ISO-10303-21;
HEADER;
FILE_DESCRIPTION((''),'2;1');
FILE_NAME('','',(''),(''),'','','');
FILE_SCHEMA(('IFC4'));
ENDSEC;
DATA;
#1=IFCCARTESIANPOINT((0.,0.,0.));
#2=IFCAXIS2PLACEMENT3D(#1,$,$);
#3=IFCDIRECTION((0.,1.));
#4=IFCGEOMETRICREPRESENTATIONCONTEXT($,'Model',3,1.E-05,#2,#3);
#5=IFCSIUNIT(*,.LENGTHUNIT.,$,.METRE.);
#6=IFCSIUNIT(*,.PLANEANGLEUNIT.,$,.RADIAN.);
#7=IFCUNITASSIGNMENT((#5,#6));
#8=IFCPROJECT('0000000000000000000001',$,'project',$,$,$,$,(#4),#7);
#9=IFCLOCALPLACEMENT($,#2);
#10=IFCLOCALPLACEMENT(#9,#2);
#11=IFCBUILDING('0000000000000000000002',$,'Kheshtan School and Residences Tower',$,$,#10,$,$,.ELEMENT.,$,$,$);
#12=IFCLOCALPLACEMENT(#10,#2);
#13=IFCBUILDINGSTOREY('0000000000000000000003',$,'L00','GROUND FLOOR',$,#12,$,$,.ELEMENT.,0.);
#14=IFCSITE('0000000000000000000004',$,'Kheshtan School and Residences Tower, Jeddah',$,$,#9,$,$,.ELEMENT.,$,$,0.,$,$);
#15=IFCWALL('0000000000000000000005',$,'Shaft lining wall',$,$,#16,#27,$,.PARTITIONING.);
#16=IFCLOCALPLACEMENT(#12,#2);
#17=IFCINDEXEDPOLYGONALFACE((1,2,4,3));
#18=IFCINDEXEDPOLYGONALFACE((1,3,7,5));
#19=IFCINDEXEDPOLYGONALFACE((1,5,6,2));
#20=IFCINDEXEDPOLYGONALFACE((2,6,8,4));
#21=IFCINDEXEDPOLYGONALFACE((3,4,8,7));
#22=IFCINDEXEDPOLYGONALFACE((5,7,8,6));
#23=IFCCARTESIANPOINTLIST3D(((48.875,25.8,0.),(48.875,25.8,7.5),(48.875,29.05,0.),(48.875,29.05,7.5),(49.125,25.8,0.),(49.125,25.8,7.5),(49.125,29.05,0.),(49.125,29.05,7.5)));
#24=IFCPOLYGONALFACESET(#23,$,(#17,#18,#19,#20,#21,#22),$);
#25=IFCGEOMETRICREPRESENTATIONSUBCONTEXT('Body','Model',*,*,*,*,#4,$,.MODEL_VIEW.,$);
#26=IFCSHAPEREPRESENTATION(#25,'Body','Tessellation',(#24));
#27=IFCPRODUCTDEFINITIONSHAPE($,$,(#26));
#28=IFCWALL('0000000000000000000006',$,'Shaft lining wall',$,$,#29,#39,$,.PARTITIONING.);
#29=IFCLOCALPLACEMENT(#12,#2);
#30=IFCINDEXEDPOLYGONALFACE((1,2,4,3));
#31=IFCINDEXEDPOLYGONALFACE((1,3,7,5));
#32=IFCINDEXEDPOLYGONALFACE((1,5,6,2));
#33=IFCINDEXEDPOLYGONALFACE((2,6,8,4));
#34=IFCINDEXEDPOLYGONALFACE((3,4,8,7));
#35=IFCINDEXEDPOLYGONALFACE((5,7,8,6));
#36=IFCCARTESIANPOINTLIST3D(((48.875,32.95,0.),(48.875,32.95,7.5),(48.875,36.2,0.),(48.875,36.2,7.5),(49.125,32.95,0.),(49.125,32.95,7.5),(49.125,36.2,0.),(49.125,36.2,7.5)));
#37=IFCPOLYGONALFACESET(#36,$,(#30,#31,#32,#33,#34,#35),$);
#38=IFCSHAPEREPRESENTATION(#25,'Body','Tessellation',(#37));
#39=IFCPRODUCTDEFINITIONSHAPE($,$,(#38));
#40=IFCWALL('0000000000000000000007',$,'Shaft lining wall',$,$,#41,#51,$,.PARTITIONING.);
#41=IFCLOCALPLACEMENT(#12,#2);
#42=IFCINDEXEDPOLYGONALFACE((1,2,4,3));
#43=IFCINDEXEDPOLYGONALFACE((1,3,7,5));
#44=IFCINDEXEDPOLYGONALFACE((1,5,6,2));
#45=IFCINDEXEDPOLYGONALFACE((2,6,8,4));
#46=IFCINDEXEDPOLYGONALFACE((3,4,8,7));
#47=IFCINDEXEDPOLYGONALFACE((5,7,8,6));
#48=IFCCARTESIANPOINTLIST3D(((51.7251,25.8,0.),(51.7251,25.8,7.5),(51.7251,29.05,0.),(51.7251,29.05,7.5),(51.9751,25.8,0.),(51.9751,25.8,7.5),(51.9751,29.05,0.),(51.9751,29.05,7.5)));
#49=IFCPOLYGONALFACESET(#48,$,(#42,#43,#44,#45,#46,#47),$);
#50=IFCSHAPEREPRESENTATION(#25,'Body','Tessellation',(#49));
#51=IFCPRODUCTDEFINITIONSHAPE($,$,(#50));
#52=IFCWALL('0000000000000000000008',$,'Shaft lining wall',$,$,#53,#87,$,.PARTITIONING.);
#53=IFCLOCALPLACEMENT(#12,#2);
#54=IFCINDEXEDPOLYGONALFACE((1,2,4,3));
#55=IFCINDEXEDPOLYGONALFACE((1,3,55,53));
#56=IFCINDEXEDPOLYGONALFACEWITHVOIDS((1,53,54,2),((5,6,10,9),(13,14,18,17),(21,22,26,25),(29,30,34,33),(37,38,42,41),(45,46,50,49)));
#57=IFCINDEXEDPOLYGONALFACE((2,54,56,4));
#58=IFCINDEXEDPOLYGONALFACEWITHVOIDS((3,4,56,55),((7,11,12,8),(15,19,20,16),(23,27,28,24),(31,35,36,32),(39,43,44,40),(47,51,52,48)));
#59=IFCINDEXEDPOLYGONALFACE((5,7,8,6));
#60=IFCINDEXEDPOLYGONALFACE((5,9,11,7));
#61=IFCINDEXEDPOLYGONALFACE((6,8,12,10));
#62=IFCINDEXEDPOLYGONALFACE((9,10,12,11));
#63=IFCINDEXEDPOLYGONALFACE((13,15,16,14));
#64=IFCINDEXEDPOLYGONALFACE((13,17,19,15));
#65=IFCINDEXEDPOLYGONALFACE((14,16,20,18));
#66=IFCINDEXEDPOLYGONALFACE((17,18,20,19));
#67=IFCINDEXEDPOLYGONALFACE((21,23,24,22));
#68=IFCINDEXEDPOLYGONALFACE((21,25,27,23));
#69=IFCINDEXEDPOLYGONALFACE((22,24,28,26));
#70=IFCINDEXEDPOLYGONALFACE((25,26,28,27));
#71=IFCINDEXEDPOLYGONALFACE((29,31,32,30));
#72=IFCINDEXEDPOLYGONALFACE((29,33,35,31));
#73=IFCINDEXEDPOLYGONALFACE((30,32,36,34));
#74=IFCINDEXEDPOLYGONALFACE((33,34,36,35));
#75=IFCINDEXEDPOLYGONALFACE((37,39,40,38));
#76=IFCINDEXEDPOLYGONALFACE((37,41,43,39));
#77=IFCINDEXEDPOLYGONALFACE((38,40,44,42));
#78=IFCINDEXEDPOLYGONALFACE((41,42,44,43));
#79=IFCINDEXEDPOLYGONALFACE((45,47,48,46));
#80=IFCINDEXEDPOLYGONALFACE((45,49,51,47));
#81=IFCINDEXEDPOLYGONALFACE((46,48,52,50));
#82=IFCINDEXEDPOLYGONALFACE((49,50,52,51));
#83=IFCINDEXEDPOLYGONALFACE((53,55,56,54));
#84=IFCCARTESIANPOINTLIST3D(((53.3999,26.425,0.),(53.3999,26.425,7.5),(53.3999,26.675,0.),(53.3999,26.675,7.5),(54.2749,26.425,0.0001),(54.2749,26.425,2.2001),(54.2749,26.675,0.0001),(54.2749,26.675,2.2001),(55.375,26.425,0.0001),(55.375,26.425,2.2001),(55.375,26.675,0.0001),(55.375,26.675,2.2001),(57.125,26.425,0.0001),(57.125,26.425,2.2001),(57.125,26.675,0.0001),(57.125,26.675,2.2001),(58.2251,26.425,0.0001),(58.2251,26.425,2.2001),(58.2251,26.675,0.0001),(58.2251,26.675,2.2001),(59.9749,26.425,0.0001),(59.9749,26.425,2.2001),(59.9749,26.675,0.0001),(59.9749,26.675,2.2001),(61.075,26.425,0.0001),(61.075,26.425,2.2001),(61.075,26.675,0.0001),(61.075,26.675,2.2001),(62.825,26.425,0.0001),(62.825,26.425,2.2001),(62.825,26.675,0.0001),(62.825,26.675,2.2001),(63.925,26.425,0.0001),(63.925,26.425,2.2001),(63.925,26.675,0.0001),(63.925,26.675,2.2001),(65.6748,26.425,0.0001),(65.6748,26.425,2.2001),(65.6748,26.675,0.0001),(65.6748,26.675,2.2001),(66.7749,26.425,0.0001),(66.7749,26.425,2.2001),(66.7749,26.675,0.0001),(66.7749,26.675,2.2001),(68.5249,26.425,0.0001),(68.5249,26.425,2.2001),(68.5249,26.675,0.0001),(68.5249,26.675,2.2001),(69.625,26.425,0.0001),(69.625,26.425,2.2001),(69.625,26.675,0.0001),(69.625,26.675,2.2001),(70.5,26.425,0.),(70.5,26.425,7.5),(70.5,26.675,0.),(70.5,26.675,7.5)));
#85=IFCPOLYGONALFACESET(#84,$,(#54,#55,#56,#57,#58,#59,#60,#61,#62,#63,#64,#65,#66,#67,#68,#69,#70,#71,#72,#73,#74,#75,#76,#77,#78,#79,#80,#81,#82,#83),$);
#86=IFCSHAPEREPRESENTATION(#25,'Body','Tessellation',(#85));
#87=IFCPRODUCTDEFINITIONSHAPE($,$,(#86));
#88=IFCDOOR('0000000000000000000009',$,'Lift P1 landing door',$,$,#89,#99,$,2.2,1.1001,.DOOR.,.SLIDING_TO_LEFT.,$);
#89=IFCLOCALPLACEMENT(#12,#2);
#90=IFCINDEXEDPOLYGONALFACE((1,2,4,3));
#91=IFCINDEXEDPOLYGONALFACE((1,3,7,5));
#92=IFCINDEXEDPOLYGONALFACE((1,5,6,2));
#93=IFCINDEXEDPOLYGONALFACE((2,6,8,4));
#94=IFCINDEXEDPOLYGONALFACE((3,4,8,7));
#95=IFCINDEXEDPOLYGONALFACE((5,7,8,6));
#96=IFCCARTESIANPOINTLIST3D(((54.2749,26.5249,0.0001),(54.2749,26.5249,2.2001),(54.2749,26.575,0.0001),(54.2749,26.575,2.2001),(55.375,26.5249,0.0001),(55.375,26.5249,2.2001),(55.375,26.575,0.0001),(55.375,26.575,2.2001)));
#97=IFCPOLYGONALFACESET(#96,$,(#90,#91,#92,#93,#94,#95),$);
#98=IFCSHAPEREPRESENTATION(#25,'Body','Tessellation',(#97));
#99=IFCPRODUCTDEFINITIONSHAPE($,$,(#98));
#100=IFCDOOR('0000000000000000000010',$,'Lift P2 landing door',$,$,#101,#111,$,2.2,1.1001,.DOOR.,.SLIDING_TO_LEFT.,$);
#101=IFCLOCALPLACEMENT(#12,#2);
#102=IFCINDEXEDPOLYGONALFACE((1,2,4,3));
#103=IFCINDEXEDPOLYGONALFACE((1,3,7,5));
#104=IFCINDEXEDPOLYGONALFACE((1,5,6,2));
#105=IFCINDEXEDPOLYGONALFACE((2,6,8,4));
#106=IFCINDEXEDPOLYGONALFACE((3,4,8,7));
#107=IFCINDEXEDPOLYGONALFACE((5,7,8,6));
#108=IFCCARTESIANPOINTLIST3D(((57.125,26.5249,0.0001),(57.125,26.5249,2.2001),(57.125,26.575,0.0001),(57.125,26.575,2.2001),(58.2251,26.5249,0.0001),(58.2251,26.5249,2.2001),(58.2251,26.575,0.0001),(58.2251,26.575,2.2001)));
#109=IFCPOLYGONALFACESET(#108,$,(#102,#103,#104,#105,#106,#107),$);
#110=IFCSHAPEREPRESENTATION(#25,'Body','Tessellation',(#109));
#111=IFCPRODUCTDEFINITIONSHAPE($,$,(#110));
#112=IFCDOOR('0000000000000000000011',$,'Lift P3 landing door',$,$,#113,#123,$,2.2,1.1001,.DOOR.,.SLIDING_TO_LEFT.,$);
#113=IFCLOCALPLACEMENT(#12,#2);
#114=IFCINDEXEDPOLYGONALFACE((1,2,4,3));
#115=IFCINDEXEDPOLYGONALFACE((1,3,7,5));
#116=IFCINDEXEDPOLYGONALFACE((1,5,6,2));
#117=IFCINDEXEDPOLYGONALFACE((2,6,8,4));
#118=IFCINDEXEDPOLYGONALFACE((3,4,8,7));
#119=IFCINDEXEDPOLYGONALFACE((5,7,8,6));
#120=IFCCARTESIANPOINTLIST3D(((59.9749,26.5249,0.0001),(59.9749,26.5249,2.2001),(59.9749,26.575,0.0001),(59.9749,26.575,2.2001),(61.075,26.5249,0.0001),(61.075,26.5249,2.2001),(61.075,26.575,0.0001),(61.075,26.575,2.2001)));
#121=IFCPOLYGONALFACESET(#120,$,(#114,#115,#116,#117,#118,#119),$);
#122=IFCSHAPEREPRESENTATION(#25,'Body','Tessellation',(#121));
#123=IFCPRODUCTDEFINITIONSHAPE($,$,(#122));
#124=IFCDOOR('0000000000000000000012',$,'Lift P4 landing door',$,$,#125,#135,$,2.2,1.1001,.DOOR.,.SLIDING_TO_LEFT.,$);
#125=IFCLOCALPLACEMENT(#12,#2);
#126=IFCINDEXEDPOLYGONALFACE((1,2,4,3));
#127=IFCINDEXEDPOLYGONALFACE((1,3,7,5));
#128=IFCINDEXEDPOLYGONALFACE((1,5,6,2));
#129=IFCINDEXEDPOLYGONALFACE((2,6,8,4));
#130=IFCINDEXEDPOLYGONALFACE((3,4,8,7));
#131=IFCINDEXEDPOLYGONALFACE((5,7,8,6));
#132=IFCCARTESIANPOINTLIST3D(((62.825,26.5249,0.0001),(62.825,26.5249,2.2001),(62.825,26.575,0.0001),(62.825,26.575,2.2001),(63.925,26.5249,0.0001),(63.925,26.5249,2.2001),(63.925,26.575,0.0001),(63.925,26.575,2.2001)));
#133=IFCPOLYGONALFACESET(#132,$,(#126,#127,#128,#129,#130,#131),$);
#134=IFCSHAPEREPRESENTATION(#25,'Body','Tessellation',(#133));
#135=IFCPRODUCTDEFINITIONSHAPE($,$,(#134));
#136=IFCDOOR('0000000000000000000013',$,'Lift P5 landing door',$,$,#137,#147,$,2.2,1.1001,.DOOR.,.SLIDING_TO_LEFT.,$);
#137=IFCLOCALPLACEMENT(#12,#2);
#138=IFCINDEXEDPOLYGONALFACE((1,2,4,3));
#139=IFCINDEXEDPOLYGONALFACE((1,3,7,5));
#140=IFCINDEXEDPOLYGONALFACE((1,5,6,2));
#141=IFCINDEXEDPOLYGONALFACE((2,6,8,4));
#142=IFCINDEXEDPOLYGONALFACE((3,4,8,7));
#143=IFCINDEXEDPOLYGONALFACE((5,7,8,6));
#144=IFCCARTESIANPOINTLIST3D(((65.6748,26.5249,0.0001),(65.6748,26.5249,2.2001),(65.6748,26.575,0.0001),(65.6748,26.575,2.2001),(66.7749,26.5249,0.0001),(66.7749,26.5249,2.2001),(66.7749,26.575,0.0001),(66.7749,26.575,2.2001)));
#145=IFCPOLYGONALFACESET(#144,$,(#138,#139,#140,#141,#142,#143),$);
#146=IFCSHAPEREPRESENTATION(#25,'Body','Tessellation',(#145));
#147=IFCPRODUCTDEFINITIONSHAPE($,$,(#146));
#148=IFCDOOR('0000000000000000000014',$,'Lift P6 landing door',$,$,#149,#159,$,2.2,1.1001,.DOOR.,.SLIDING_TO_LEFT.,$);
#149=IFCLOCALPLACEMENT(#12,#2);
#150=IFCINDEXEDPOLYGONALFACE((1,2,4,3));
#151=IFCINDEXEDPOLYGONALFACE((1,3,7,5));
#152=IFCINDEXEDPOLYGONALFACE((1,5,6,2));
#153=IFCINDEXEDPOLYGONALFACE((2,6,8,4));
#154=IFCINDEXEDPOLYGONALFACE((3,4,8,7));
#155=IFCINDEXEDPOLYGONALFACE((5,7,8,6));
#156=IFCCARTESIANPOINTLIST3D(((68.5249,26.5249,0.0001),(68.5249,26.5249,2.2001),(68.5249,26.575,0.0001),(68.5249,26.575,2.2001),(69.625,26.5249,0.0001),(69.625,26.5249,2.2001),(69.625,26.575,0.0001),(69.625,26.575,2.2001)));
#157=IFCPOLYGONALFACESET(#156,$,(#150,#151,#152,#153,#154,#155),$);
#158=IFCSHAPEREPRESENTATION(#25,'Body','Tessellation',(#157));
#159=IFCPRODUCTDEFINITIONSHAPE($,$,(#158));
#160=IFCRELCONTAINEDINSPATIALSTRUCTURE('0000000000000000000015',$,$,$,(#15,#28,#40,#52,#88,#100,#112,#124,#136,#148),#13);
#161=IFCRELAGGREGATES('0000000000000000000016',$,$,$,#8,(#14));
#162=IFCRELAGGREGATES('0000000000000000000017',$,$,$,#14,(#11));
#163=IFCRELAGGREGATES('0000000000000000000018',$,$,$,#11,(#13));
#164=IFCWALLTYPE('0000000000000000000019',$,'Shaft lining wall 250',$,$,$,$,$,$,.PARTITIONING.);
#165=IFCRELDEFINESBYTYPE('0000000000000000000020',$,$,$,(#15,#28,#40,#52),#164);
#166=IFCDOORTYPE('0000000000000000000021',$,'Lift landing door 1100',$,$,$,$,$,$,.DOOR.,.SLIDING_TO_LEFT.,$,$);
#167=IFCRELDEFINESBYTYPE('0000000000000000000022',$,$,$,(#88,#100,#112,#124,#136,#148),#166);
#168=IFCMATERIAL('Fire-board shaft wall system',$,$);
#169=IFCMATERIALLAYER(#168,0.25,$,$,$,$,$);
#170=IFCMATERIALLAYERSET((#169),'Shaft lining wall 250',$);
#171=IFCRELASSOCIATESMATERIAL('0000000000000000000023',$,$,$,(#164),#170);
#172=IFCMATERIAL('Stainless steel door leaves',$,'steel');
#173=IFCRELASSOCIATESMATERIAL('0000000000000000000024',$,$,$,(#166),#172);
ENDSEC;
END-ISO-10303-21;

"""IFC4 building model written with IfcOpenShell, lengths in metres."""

from ifc_helpers import new_model, si_unit, direction, frame, frame_2d, origin, place, context, subcontext, project, spatial, rectangle, extrude, source, transform, mapped, material, layer, layer_set, type_object, element, fill, save


model = new_model("IFC4")

# Units and contexts
model_context = context("Model", 3, precision=1e-05, world=origin(), true_north=direction((0.0, 1.0)))
body_context = subcontext(model_context, "Body", "Model", "MODEL_VIEW")
ifc_project = project(units=[si_unit("LENGTHUNIT", "METRE"), si_unit("PLANEANGLEUNIT", "RADIAN")], contexts=[model_context])

# Site, building, storey
site_placement = place(None, origin())
site = spatial("IfcSite", under=ifc_project, at=site_placement, Name="Kheshtan School and Residences Tower, Jeddah", CompositionType="ELEMENT", RefElevation=0.0)
building_placement = place(site_placement, origin())
building = spatial("IfcBuilding", under=site, at=building_placement, Name="Kheshtan School and Residences Tower", CompositionType="ELEMENT")
storey_placement = place(building_placement, origin())
storey = spatial("IfcBuildingStorey", under=building, at=storey_placement, Name="L00", Description="GROUND FLOOR", CompositionType="ELEMENT", Elevation=0.0)

# Walls
ifc_material_1 = material(Name="Fire-board shaft wall system")
ifc_layer_1 = layer(ifc_material_1, 0.25)
ifc_layer_set_1 = layer_set([ifc_layer_1], Name="Shaft lining wall 250")
wall_type_1 = type_object("IfcWallType", Name="Shaft lining wall 250", PredefinedType="PARTITIONING", material=ifc_layer_set_1)
for number, where, z_axis, x_axis, name in (
    (1, (49.0, 25.8, 0.0), (0.0, 0.0, 1.0), (0.0, 1.0, 0.0), "Shaft lining wall"),
    (2, (49.0, 32.95, 0.0), (0.0, 0.0, 1.0), (0.0, 1.0, 0.0), "Shaft lining wall"),
    (3, (51.8501, 25.8, 0.0), (0.0, 0.0, 1.0), (0.0, 1.0, 0.0), "Shaft lining wall"),
):
    element("IfcWall", number, at=place(storey_placement, frame(where, z_axis=z_axis, x_axis=x_axis)), inside=storey, type_object=wall_type_1, Name=name, PredefinedType="PARTITIONING", context=body_context, shape_type="SweptSolid", body=[
        extrude(rectangle(XDim=3.25, YDim=0.25, at=frame_2d((1.625, 0.0))), origin(), (0.0, 0.0, 1.0), 7.5),
    ])

# Wall, openings, doors
wall_1_placement = place(storey_placement, frame((53.3999, 26.55, 0.0), z_axis=(0.0, 0.0, 1.0), x_axis=(1.0, 0.0, 0.0)))
wall_1 = element("IfcWall", 4, at=wall_1_placement, inside=storey, type_object=wall_type_1, Name="Shaft lining wall", PredefinedType="PARTITIONING", context=body_context, shape_type="SweptSolid", body=[
    extrude(rectangle(XDim=17.1001, YDim=0.25, at=frame_2d((8.55, 0.0))), origin(), (0.0, 0.0, 1.0), 7.5),
])
opening_1_placement = place(wall_1_placement, frame((0.875, 0.0, 0.0)))
opening_1 = element("IfcOpeningElement", 5, at=opening_1_placement, cuts=wall_1, PredefinedType="OPENING", context=body_context, shape_type="SweptSolid", body=[
    extrude(rectangle(XDim=1.1001, YDim=2.2, at=frame_2d((0.55, 1.1001))), frame((0.0, 0.135, 0.0), z_axis=(0.0, -1.0, 0.0), x_axis=(1.0, 0.0, 0.0)), (0.0, 0.0, 1.0), 0.27),
])
opening_2_placement = place(wall_1_placement, frame((3.7251, 0.0, 0.0)))
opening_2 = element("IfcOpeningElement", 6, at=opening_2_placement, cuts=wall_1, PredefinedType="OPENING", context=body_context, shape_type="SweptSolid", body=[
    extrude(rectangle(XDim=1.1001, YDim=2.2, at=frame_2d((0.55, 1.1001))), frame((0.0, 0.135, 0.0), z_axis=(0.0, -1.0, 0.0), x_axis=(1.0, 0.0, 0.0)), (0.0, 0.0, 1.0), 0.27),
])
opening_3_placement = place(wall_1_placement, frame((6.575, 0.0, 0.0)))
opening_3 = element("IfcOpeningElement", 7, at=opening_3_placement, cuts=wall_1, PredefinedType="OPENING", context=body_context, shape_type="SweptSolid", body=[
    extrude(rectangle(XDim=1.1001, YDim=2.2, at=frame_2d((0.55, 1.1001))), frame((0.0, 0.135, 0.0), z_axis=(0.0, -1.0, 0.0), x_axis=(1.0, 0.0, 0.0)), (0.0, 0.0, 1.0), 0.27),
])
opening_4_placement = place(wall_1_placement, frame((9.425, 0.0, 0.0)))
opening_4 = element("IfcOpeningElement", 8, at=opening_4_placement, cuts=wall_1, PredefinedType="OPENING", context=body_context, shape_type="SweptSolid", body=[
    extrude(rectangle(XDim=1.1001, YDim=2.2, at=frame_2d((0.55, 1.1001))), frame((0.0, 0.135, 0.0), z_axis=(0.0, -1.0, 0.0), x_axis=(1.0, 0.0, 0.0)), (0.0, 0.0, 1.0), 0.27),
])
opening_5_placement = place(wall_1_placement, frame((12.2749, 0.0, 0.0)))
opening_5 = element("IfcOpeningElement", 9, at=opening_5_placement, cuts=wall_1, PredefinedType="OPENING", context=body_context, shape_type="SweptSolid", body=[
    extrude(rectangle(XDim=1.1001, YDim=2.2, at=frame_2d((0.55, 1.1001))), frame((0.0, 0.135, 0.0), z_axis=(0.0, -1.0, 0.0), x_axis=(1.0, 0.0, 0.0)), (0.0, 0.0, 1.0), 0.27),
])
opening_6_placement = place(wall_1_placement, frame((15.125, 0.0, 0.0)))
opening_6 = element("IfcOpeningElement", 10, at=opening_6_placement, cuts=wall_1, PredefinedType="OPENING", context=body_context, shape_type="SweptSolid", body=[
    extrude(rectangle(XDim=1.1001, YDim=2.2, at=frame_2d((0.55, 1.1001))), frame((0.0, 0.135, 0.0), z_axis=(0.0, -1.0, 0.0), x_axis=(1.0, 0.0, 0.0)), (0.0, 0.0, 1.0), 0.27),
])
ifc_material_2 = material(Name="Stainless steel door leaves", Category="steel")
door_type_1 = type_object("IfcDoorType", Name="Lift landing door 1100", OperationType="SLIDING_TO_LEFT", PredefinedType="DOOR", material=ifc_material_2)
shared_shape_1 = source(origin(), body_context, "Body", "SweptSolid", [
    extrude(rectangle(XDim=1.1001, YDim=2.2, at=frame_2d((0.55, 1.1001))), frame((0.0, 0.0249, 0.0), z_axis=(0.0, -1.0, 0.0), x_axis=(1.0, 0.0, 0.0)), (0.0, 0.0, 1.0), 0.05),
])
door_1_placement = place(opening_1_placement, origin())
door_1 = element("IfcDoor", 11, at=door_1_placement, inside=storey, type_object=door_type_1, Name="Lift P1 landing door", OperationType="SLIDING_TO_LEFT", OverallHeight=2.2, OverallWidth=1.1001, PredefinedType="DOOR", context=body_context, shape_type="MappedRepresentation", body=[
    mapped(shared_shape_1, transform((0.0, 0.0, 0.0), x_axis=(1.0, 0.0, 0.0), y_axis=(0.0, 1.0, 0.0), z_axis=(0.0, 0.0, 1.0), scale=1.0)),
])
fill(opening_1, door_1)
door_2_placement = place(opening_2_placement, origin())
door_2 = element("IfcDoor", 12, at=door_2_placement, inside=storey, type_object=door_type_1, Name="Lift P2 landing door", OperationType="SLIDING_TO_LEFT", OverallHeight=2.2, OverallWidth=1.1001, PredefinedType="DOOR", context=body_context, shape_type="MappedRepresentation", body=[
    mapped(shared_shape_1, transform((0.0, 0.0, 0.0), x_axis=(1.0, 0.0, 0.0), y_axis=(0.0, 1.0, 0.0), z_axis=(0.0, 0.0, 1.0), scale=1.0)),
])
fill(opening_2, door_2)
door_3_placement = place(opening_3_placement, origin())
door_3 = element("IfcDoor", 13, at=door_3_placement, inside=storey, type_object=door_type_1, Name="Lift P3 landing door", OperationType="SLIDING_TO_LEFT", OverallHeight=2.2, OverallWidth=1.1001, PredefinedType="DOOR", context=body_context, shape_type="MappedRepresentation", body=[
    mapped(shared_shape_1, transform((0.0, 0.0, 0.0), x_axis=(1.0, 0.0, 0.0), y_axis=(0.0, 1.0, 0.0), z_axis=(0.0, 0.0, 1.0), scale=1.0)),
])
fill(opening_3, door_3)
door_4_placement = place(opening_4_placement, origin())
door_4 = element("IfcDoor", 14, at=door_4_placement, inside=storey, type_object=door_type_1, Name="Lift P4 landing door", OperationType="SLIDING_TO_LEFT", OverallHeight=2.2, OverallWidth=1.1001, PredefinedType="DOOR", context=body_context, shape_type="MappedRepresentation", body=[
    mapped(shared_shape_1, transform((0.0, 0.0, 0.0), x_axis=(1.0, 0.0, 0.0), y_axis=(0.0, 1.0, 0.0), z_axis=(0.0, 0.0, 1.0), scale=1.0)),
])
fill(opening_4, door_4)
door_5_placement = place(opening_5_placement, origin())
door_5 = element("IfcDoor", 15, at=door_5_placement, inside=storey, type_object=door_type_1, Name="Lift P5 landing door", OperationType="SLIDING_TO_LEFT", OverallHeight=2.2, OverallWidth=1.1001, PredefinedType="DOOR", context=body_context, shape_type="MappedRepresentation", body=[
    mapped(shared_shape_1, transform((0.0, 0.0, 0.0), x_axis=(1.0, 0.0, 0.0), y_axis=(0.0, 1.0, 0.0), z_axis=(0.0, 0.0, 1.0), scale=1.0)),
])
fill(opening_5, door_5)
door_6_placement = place(opening_6_placement, origin())
door_6 = element("IfcDoor", 16, at=door_6_placement, inside=storey, type_object=door_type_1, Name="Lift P6 landing door", OperationType="SLIDING_TO_LEFT", OverallHeight=2.2, OverallWidth=1.1001, PredefinedType="DOOR", context=body_context, shape_type="MappedRepresentation", body=[
    mapped(shared_shape_1, transform((0.0, 0.0, 0.0), x_axis=(1.0, 0.0, 0.0), y_axis=(0.0, 1.0, 0.0), z_axis=(0.0, 0.0, 1.0), scale=1.0)),
])
fill(opening_6, door_6)

save(model, "model.ifc")
